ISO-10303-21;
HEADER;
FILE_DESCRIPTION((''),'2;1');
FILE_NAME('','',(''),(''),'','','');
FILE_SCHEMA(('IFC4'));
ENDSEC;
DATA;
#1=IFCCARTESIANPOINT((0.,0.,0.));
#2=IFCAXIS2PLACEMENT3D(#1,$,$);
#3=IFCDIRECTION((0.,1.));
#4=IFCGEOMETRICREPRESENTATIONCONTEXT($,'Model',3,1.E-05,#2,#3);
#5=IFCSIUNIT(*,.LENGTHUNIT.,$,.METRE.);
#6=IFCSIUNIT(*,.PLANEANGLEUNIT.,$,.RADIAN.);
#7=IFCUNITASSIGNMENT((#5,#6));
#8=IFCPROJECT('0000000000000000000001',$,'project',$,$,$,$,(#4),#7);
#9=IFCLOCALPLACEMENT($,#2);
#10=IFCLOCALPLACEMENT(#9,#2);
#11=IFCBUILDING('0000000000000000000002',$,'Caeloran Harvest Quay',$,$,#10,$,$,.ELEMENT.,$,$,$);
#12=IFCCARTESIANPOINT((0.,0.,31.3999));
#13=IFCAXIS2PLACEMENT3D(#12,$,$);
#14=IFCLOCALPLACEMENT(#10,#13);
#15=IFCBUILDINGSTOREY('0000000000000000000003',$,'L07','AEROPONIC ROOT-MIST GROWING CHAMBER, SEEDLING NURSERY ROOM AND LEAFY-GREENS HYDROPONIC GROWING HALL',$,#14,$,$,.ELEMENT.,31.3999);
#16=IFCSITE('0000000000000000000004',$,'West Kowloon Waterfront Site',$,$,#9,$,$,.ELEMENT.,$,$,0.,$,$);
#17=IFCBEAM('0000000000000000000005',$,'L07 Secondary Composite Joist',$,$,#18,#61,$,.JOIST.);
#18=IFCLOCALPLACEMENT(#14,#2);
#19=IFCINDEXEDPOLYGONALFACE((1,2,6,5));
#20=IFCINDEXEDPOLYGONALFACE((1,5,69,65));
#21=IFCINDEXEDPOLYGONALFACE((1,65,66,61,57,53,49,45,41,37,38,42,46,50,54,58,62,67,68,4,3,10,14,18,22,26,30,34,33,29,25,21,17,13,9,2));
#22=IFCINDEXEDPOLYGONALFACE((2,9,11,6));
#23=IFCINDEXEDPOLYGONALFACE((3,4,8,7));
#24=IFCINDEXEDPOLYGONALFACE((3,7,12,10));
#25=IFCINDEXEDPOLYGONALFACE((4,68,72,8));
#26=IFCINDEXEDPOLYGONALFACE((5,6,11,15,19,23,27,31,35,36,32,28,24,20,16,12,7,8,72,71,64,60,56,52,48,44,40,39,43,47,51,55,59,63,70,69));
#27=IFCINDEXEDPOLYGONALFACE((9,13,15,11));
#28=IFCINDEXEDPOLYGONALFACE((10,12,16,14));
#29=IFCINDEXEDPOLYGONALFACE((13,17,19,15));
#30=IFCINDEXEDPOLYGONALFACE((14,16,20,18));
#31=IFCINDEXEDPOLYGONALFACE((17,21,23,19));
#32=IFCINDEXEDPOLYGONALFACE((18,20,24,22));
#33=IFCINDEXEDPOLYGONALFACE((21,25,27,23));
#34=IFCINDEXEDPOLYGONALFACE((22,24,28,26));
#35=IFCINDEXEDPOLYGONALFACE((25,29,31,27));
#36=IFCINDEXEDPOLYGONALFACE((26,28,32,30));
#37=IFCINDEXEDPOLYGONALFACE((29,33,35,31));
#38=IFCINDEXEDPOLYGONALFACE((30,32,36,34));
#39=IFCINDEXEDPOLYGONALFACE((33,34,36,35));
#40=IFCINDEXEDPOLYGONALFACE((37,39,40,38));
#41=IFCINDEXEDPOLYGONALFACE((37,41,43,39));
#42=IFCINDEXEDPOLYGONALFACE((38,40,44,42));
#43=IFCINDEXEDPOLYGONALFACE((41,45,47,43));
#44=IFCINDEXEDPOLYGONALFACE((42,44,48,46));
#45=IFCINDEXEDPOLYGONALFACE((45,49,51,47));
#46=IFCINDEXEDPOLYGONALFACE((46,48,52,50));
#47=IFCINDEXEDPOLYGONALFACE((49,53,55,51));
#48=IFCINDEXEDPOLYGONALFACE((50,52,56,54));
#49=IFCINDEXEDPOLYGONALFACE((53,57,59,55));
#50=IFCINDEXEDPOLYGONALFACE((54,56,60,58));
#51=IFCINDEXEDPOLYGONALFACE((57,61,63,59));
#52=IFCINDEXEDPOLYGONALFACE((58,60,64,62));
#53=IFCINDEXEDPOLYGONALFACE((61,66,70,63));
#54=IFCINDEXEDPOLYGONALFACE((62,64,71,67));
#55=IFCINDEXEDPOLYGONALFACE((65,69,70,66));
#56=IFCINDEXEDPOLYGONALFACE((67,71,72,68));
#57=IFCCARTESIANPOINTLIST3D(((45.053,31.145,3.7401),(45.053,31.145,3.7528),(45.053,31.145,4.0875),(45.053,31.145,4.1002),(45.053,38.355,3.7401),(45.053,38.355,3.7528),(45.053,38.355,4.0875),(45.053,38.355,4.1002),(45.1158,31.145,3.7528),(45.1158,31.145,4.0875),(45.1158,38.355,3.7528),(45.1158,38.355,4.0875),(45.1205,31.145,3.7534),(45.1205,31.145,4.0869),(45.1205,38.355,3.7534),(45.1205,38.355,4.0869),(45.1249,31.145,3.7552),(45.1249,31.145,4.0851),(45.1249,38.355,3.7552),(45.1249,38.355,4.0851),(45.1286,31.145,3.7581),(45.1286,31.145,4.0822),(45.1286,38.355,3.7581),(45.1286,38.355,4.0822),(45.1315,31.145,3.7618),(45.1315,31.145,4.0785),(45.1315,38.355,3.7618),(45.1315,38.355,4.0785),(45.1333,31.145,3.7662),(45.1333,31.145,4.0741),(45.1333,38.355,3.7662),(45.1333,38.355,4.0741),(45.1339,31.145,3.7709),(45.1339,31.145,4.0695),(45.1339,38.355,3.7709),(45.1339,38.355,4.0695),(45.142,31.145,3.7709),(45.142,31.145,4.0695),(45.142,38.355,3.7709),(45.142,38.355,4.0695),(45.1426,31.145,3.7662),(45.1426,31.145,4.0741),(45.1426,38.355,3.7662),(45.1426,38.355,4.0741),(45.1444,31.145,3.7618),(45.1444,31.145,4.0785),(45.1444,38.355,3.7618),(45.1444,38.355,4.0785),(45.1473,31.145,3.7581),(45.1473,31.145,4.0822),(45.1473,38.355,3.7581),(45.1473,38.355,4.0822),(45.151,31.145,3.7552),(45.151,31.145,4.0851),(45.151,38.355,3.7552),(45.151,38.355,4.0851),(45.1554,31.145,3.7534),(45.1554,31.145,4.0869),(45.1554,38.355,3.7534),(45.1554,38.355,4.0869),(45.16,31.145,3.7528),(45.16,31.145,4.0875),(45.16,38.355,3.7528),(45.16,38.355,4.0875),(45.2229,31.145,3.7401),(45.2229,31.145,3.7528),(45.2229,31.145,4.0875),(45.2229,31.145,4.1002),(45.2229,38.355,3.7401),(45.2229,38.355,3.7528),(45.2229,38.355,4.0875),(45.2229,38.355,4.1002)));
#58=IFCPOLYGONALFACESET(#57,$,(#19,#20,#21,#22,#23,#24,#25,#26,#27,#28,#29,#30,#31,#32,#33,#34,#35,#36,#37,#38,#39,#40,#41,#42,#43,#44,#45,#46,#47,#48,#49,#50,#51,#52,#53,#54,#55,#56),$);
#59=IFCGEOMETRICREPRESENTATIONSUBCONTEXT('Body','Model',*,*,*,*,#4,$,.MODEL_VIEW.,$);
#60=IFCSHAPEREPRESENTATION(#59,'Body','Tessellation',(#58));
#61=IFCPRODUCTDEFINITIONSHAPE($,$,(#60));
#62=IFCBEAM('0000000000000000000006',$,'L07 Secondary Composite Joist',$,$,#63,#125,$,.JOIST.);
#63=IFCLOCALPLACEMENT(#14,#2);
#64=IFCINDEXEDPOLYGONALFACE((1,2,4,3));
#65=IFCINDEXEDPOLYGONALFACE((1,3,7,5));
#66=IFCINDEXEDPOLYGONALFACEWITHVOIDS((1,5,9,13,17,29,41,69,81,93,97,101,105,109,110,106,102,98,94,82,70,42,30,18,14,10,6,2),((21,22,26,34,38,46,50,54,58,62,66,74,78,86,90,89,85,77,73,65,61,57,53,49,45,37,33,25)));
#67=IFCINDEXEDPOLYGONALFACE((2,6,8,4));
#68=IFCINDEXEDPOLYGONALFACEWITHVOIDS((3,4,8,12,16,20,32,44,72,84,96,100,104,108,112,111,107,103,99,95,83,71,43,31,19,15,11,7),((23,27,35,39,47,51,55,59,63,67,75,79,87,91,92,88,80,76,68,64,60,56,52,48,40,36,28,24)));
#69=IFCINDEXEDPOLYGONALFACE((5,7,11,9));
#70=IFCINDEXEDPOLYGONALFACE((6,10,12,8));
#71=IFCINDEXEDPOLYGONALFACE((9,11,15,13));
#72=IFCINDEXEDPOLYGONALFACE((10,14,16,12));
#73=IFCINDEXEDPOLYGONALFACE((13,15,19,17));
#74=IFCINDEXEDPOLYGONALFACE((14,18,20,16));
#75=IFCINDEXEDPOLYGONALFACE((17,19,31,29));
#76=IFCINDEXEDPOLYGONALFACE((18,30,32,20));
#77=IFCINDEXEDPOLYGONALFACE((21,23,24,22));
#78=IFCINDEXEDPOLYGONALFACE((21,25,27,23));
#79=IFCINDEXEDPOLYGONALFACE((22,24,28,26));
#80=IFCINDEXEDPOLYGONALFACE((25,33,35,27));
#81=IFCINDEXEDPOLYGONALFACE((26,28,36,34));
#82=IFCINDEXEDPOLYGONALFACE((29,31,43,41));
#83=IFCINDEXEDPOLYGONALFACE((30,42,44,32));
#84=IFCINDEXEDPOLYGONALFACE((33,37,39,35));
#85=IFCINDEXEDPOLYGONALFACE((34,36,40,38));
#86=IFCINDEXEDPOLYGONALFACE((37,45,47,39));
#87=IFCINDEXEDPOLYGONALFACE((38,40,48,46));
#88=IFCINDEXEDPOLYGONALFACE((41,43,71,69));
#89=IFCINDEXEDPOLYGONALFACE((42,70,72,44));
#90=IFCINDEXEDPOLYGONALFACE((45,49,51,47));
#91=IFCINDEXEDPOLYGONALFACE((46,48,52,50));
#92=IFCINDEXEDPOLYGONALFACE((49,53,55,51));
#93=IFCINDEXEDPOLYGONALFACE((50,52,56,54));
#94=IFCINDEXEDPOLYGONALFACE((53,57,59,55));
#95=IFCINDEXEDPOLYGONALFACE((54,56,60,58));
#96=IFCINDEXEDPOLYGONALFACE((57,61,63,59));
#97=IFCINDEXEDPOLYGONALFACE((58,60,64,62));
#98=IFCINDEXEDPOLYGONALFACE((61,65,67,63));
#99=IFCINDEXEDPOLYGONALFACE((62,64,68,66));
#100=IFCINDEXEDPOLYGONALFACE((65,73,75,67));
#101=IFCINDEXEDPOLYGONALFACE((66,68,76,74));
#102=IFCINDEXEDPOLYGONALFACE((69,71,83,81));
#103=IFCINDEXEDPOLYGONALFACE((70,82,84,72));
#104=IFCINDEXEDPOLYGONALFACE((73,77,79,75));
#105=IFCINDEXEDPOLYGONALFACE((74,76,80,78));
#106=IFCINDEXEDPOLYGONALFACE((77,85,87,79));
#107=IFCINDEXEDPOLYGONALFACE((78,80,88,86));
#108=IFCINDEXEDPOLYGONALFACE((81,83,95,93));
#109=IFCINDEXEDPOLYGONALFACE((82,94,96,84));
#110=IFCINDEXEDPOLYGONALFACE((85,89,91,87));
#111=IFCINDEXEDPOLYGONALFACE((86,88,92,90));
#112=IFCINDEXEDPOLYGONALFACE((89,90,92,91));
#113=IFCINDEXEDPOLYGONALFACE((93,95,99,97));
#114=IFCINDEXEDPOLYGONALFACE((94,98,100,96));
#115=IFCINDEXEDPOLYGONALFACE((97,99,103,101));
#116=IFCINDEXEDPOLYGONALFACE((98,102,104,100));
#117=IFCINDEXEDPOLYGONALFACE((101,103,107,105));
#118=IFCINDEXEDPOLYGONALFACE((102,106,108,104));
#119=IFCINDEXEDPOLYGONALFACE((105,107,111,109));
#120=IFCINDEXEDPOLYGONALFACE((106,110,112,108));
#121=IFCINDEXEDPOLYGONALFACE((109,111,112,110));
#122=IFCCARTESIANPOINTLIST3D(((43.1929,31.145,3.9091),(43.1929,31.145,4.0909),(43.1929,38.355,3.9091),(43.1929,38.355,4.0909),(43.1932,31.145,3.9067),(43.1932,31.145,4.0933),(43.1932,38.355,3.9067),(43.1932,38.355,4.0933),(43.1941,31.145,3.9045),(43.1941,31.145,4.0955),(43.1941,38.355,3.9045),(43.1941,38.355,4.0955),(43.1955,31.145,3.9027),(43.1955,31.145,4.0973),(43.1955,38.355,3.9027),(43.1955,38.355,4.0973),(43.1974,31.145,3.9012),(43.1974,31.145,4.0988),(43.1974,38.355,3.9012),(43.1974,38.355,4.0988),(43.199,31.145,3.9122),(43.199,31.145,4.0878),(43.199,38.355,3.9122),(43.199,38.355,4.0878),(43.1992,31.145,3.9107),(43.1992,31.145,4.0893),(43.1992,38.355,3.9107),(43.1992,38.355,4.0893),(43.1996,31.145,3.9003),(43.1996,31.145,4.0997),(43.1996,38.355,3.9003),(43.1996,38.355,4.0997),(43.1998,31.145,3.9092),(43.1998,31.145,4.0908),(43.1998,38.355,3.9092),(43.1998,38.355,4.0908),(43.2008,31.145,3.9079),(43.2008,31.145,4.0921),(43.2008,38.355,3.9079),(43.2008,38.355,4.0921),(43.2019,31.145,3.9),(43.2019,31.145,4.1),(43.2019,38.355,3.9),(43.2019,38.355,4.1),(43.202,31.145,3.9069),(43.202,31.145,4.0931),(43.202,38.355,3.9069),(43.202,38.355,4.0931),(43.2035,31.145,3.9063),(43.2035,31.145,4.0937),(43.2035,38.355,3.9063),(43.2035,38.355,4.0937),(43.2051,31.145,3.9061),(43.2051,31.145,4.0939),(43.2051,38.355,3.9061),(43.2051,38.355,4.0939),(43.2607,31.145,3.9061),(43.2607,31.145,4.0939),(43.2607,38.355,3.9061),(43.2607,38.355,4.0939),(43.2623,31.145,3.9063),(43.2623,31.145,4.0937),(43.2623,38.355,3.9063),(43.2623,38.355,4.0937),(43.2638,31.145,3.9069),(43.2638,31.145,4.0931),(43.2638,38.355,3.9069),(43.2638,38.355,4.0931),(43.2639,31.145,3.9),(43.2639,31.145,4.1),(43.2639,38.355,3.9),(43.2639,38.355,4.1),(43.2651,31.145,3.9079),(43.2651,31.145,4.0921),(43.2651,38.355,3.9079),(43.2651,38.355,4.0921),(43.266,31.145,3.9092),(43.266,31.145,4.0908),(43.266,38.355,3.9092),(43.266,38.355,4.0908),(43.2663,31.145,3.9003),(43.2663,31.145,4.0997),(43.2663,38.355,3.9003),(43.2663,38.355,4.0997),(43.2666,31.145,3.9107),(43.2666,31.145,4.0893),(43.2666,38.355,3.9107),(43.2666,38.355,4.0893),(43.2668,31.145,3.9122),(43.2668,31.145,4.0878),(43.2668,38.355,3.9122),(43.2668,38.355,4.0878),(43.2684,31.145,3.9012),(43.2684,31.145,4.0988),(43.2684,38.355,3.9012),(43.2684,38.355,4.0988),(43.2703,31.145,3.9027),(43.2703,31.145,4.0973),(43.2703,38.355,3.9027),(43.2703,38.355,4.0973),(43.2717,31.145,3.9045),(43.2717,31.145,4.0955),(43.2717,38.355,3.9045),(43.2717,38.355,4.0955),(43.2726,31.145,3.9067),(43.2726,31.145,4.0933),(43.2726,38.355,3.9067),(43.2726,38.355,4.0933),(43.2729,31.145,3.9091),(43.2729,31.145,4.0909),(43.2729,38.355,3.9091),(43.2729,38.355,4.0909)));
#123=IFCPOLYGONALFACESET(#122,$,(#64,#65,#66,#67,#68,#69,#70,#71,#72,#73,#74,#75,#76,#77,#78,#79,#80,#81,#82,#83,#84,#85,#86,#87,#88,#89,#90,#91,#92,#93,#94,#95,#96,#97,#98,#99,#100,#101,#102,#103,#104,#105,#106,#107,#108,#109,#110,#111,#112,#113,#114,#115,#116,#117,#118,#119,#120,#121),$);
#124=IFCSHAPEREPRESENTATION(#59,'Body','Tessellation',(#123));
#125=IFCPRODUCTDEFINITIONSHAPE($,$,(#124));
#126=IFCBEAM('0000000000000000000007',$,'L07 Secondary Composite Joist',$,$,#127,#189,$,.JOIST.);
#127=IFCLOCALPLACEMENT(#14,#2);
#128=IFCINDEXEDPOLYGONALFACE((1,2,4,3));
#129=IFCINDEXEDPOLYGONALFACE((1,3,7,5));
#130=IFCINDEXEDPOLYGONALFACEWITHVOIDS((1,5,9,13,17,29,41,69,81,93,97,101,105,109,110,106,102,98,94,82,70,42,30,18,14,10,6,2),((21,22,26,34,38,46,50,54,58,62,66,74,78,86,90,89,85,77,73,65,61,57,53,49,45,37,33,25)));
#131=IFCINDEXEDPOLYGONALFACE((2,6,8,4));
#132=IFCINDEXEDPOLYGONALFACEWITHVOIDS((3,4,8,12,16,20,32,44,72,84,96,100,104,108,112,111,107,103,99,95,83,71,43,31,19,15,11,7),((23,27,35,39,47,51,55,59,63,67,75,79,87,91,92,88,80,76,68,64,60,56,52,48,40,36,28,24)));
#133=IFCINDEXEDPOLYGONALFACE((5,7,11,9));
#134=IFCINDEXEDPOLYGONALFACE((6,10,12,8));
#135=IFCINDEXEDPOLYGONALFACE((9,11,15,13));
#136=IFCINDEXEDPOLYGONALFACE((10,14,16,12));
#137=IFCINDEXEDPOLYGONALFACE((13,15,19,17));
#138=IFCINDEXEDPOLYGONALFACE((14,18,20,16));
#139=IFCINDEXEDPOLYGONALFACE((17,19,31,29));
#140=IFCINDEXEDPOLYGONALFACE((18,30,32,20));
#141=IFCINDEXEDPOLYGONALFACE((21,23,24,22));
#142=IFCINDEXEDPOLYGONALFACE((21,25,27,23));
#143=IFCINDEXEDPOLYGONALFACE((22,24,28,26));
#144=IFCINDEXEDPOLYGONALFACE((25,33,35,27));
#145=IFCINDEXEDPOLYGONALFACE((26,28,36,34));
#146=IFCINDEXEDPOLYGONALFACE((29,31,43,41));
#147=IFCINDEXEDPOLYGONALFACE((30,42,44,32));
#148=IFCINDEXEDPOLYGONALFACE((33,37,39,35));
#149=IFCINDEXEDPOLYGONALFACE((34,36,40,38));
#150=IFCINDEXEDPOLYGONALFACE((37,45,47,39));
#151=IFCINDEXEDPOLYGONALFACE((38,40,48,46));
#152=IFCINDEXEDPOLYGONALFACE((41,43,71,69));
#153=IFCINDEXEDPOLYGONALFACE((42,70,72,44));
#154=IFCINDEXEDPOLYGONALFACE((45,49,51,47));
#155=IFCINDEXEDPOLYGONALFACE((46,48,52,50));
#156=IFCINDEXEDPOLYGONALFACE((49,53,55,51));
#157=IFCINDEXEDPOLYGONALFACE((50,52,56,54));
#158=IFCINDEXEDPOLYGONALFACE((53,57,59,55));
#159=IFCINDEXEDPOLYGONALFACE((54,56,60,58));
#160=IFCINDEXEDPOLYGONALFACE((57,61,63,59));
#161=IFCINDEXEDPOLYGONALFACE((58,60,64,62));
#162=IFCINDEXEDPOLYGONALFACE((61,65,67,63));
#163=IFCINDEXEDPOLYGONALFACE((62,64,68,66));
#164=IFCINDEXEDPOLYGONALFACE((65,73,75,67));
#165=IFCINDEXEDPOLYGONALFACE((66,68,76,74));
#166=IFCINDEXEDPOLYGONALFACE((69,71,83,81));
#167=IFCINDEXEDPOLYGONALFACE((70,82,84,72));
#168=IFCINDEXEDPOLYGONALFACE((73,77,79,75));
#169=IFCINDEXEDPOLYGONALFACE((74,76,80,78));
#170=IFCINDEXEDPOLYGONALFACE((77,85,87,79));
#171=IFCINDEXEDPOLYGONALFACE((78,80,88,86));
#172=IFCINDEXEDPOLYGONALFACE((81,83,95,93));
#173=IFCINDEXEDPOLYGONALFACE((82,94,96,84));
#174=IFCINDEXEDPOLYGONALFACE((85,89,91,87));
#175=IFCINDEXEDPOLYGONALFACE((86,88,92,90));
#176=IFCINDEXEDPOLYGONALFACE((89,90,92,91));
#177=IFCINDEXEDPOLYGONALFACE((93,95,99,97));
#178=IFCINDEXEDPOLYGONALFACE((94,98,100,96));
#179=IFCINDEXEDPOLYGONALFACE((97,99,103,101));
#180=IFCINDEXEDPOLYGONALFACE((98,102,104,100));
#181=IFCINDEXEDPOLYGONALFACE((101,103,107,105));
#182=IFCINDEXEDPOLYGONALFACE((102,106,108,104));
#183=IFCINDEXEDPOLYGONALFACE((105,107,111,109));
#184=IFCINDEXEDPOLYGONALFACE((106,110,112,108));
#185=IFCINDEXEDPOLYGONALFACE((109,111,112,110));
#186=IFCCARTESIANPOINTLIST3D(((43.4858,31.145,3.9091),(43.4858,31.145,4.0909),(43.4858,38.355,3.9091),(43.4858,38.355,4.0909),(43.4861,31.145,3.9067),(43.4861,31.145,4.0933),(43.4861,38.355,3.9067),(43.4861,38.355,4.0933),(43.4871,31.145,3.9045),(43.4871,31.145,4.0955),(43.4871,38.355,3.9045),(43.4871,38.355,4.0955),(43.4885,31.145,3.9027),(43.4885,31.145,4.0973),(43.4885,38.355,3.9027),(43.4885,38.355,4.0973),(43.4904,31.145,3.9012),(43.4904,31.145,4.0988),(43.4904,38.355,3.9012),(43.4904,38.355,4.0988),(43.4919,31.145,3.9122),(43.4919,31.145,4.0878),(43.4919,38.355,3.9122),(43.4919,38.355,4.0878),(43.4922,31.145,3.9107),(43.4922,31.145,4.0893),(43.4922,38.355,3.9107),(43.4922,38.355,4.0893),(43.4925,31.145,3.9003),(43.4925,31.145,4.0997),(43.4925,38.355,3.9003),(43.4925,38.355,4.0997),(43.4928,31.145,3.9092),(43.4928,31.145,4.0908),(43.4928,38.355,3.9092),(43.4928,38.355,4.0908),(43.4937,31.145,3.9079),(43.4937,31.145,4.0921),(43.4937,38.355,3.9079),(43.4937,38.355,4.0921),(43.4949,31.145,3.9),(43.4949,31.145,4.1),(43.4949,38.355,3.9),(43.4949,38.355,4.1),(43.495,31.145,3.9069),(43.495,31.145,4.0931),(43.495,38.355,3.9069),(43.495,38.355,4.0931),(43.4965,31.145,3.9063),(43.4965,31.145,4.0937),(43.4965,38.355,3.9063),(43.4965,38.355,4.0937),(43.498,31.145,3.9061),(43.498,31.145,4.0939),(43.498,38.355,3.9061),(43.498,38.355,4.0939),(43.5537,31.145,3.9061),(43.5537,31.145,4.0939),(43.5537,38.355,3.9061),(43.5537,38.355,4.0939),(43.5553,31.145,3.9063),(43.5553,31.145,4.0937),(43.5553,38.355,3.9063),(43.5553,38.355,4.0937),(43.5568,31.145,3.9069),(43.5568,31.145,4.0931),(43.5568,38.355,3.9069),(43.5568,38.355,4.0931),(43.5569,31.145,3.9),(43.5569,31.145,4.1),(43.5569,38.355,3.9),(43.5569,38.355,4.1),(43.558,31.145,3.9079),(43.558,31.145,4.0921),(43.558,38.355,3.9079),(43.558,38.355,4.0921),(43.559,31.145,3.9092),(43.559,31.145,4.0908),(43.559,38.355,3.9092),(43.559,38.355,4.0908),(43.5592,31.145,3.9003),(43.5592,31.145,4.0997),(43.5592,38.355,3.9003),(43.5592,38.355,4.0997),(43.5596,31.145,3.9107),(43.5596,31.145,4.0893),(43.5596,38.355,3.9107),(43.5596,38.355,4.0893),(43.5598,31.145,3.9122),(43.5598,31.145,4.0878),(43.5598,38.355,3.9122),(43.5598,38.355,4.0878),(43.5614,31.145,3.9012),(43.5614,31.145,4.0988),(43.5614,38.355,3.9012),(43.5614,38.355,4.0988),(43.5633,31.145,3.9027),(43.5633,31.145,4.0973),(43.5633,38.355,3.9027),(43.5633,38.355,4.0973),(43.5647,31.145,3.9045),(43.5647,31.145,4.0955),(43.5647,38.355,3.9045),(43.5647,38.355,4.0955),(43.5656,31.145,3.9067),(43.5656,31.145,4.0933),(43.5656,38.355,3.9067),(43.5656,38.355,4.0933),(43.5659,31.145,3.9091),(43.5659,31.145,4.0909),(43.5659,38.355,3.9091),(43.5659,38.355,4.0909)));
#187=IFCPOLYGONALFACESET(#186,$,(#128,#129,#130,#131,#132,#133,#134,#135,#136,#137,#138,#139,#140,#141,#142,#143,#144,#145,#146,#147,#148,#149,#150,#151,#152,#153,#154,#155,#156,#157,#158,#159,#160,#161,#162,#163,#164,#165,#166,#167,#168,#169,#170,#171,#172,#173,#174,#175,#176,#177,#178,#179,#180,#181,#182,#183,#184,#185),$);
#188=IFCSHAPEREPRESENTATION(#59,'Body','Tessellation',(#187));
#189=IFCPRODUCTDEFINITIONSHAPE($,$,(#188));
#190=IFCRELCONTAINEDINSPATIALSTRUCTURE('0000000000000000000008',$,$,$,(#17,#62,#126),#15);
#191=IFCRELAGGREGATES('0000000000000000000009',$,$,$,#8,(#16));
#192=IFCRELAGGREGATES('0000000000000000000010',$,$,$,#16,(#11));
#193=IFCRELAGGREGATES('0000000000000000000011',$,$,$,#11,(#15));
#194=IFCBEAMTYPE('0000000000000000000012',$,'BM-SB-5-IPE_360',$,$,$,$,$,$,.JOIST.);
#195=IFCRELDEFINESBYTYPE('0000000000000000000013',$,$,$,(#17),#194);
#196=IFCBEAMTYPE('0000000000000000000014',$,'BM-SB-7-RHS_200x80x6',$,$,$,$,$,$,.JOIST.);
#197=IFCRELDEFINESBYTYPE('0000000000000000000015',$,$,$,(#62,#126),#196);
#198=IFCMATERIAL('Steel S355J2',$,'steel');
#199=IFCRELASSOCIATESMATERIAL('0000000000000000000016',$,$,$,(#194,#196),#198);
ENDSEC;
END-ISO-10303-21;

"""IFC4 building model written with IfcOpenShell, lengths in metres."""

from ifc_helpers import new_model, si_unit, direction, frame, origin, origin_2d, place, context, subcontext, project, spatial, hollow_rectangle, i_section, extrude, material, material_profile, profile_set, type_object, element, save


model = new_model("IFC4")

# Units and contexts
model_context = context("Model", 3, precision=1e-05, world=origin(), true_north=direction((0.0, 1.0)))
body_context = subcontext(model_context, "Body", "Model", "MODEL_VIEW")
ifc_project = project(units=[si_unit("LENGTHUNIT", "METRE"), si_unit("PLANEANGLEUNIT", "RADIAN")], contexts=[model_context])

# Site, building, storey
site_placement = place(None, origin())
site = spatial("IfcSite", under=ifc_project, at=site_placement, Name="West Kowloon Waterfront Site", CompositionType="ELEMENT", RefElevation=0.0)
building_placement = place(site_placement, origin())
building = spatial("IfcBuilding", under=site, at=building_placement, Name="Caeloran Harvest Quay", CompositionType="ELEMENT")
storey_placement = place(building_placement, frame((0.0, 0.0, 31.3999)))
storey = spatial("IfcBuildingStorey", under=building, at=storey_placement, Name="L07", Description="AEROPONIC ROOT-MIST GROWING CHAMBER, SEEDLING NURSERY ROOM AND LEAFY-GREENS HYDROPONIC GROWING HALL", CompositionType="ELEMENT", Elevation=31.3999)

# Beams
ifc_material_1 = material(Name="Steel S355J2", Category="steel")
ifc_material_profile_1 = material_profile(ifc_material_1, i_section(OverallWidth=0.1699, OverallDepth=0.3601, WebThickness=0.0081, FlangeThickness=0.0127, FilletRadius=0.0181, at=origin_2d()), Name="IPE 360")
ifc_profile_set_1 = profile_set([ifc_material_profile_1], Name="Steel S355J2")
beam_type_1 = type_object("IfcBeamType", Name="BM-SB-5-IPE_360", PredefinedType="JOIST", material=ifc_profile_set_1)
for number, where, z_axis, x_axis, name in (
    (1, (45.1379, 31.145, 3.9202), (0.0, 1.0, 0.0), (-1.0, 0.0, 0.0), "L07 Secondary Composite Joist"),
):
    element("IfcBeam", number, at=place(storey_placement, frame(where, z_axis=z_axis, x_axis=x_axis)), inside=storey, type_object=beam_type_1, Name=name, PredefinedType="JOIST", context=body_context, shape_type="SweptSolid", body=[
        extrude(i_section(OverallWidth=0.1699, OverallDepth=0.3601, WebThickness=0.0081, FlangeThickness=0.0127, FilletRadius=0.0181, at=origin_2d()), origin(), (0.0, 0.0, 1.0), 7.21),
    ])
ifc_material_profile_2 = material_profile(ifc_material_1, hollow_rectangle(XDim=0.0801, YDim=0.2, WallThickness=0.0061, InnerFilletRadius=0.0061, OuterFilletRadius=0.009, at=origin_2d()), Name="RHS 200x80x6")
ifc_profile_set_2 = profile_set([ifc_material_profile_2], Name="Steel S355J2")
beam_type_2 = type_object("IfcBeamType", Name="BM-SB-7-RHS_200x80x6", PredefinedType="JOIST", material=ifc_profile_set_2)
for number, where, z_axis, x_axis, name in (
    (2, (43.2329, 31.145, 4.0), (0.0, 1.0, 0.0), (-1.0, 0.0, 0.0), "L07 Secondary Composite Joist"),
    (3, (43.5259, 31.145, 4.0), (0.0, 1.0, 0.0), (-1.0, 0.0, 0.0), "L07 Secondary Composite Joist"),
):
    element("IfcBeam", number, at=place(storey_placement, frame(where, z_axis=z_axis, x_axis=x_axis)), inside=storey, type_object=beam_type_2, Name=name, PredefinedType="JOIST", context=body_context, shape_type="SweptSolid", body=[
        extrude(hollow_rectangle(XDim=0.0801, YDim=0.2, WallThickness=0.0061, InnerFilletRadius=0.0061, OuterFilletRadius=0.009, at=origin_2d()), origin(), (0.0, 0.0, 1.0), 7.21),
    ])

save(model, "model.ifc")
